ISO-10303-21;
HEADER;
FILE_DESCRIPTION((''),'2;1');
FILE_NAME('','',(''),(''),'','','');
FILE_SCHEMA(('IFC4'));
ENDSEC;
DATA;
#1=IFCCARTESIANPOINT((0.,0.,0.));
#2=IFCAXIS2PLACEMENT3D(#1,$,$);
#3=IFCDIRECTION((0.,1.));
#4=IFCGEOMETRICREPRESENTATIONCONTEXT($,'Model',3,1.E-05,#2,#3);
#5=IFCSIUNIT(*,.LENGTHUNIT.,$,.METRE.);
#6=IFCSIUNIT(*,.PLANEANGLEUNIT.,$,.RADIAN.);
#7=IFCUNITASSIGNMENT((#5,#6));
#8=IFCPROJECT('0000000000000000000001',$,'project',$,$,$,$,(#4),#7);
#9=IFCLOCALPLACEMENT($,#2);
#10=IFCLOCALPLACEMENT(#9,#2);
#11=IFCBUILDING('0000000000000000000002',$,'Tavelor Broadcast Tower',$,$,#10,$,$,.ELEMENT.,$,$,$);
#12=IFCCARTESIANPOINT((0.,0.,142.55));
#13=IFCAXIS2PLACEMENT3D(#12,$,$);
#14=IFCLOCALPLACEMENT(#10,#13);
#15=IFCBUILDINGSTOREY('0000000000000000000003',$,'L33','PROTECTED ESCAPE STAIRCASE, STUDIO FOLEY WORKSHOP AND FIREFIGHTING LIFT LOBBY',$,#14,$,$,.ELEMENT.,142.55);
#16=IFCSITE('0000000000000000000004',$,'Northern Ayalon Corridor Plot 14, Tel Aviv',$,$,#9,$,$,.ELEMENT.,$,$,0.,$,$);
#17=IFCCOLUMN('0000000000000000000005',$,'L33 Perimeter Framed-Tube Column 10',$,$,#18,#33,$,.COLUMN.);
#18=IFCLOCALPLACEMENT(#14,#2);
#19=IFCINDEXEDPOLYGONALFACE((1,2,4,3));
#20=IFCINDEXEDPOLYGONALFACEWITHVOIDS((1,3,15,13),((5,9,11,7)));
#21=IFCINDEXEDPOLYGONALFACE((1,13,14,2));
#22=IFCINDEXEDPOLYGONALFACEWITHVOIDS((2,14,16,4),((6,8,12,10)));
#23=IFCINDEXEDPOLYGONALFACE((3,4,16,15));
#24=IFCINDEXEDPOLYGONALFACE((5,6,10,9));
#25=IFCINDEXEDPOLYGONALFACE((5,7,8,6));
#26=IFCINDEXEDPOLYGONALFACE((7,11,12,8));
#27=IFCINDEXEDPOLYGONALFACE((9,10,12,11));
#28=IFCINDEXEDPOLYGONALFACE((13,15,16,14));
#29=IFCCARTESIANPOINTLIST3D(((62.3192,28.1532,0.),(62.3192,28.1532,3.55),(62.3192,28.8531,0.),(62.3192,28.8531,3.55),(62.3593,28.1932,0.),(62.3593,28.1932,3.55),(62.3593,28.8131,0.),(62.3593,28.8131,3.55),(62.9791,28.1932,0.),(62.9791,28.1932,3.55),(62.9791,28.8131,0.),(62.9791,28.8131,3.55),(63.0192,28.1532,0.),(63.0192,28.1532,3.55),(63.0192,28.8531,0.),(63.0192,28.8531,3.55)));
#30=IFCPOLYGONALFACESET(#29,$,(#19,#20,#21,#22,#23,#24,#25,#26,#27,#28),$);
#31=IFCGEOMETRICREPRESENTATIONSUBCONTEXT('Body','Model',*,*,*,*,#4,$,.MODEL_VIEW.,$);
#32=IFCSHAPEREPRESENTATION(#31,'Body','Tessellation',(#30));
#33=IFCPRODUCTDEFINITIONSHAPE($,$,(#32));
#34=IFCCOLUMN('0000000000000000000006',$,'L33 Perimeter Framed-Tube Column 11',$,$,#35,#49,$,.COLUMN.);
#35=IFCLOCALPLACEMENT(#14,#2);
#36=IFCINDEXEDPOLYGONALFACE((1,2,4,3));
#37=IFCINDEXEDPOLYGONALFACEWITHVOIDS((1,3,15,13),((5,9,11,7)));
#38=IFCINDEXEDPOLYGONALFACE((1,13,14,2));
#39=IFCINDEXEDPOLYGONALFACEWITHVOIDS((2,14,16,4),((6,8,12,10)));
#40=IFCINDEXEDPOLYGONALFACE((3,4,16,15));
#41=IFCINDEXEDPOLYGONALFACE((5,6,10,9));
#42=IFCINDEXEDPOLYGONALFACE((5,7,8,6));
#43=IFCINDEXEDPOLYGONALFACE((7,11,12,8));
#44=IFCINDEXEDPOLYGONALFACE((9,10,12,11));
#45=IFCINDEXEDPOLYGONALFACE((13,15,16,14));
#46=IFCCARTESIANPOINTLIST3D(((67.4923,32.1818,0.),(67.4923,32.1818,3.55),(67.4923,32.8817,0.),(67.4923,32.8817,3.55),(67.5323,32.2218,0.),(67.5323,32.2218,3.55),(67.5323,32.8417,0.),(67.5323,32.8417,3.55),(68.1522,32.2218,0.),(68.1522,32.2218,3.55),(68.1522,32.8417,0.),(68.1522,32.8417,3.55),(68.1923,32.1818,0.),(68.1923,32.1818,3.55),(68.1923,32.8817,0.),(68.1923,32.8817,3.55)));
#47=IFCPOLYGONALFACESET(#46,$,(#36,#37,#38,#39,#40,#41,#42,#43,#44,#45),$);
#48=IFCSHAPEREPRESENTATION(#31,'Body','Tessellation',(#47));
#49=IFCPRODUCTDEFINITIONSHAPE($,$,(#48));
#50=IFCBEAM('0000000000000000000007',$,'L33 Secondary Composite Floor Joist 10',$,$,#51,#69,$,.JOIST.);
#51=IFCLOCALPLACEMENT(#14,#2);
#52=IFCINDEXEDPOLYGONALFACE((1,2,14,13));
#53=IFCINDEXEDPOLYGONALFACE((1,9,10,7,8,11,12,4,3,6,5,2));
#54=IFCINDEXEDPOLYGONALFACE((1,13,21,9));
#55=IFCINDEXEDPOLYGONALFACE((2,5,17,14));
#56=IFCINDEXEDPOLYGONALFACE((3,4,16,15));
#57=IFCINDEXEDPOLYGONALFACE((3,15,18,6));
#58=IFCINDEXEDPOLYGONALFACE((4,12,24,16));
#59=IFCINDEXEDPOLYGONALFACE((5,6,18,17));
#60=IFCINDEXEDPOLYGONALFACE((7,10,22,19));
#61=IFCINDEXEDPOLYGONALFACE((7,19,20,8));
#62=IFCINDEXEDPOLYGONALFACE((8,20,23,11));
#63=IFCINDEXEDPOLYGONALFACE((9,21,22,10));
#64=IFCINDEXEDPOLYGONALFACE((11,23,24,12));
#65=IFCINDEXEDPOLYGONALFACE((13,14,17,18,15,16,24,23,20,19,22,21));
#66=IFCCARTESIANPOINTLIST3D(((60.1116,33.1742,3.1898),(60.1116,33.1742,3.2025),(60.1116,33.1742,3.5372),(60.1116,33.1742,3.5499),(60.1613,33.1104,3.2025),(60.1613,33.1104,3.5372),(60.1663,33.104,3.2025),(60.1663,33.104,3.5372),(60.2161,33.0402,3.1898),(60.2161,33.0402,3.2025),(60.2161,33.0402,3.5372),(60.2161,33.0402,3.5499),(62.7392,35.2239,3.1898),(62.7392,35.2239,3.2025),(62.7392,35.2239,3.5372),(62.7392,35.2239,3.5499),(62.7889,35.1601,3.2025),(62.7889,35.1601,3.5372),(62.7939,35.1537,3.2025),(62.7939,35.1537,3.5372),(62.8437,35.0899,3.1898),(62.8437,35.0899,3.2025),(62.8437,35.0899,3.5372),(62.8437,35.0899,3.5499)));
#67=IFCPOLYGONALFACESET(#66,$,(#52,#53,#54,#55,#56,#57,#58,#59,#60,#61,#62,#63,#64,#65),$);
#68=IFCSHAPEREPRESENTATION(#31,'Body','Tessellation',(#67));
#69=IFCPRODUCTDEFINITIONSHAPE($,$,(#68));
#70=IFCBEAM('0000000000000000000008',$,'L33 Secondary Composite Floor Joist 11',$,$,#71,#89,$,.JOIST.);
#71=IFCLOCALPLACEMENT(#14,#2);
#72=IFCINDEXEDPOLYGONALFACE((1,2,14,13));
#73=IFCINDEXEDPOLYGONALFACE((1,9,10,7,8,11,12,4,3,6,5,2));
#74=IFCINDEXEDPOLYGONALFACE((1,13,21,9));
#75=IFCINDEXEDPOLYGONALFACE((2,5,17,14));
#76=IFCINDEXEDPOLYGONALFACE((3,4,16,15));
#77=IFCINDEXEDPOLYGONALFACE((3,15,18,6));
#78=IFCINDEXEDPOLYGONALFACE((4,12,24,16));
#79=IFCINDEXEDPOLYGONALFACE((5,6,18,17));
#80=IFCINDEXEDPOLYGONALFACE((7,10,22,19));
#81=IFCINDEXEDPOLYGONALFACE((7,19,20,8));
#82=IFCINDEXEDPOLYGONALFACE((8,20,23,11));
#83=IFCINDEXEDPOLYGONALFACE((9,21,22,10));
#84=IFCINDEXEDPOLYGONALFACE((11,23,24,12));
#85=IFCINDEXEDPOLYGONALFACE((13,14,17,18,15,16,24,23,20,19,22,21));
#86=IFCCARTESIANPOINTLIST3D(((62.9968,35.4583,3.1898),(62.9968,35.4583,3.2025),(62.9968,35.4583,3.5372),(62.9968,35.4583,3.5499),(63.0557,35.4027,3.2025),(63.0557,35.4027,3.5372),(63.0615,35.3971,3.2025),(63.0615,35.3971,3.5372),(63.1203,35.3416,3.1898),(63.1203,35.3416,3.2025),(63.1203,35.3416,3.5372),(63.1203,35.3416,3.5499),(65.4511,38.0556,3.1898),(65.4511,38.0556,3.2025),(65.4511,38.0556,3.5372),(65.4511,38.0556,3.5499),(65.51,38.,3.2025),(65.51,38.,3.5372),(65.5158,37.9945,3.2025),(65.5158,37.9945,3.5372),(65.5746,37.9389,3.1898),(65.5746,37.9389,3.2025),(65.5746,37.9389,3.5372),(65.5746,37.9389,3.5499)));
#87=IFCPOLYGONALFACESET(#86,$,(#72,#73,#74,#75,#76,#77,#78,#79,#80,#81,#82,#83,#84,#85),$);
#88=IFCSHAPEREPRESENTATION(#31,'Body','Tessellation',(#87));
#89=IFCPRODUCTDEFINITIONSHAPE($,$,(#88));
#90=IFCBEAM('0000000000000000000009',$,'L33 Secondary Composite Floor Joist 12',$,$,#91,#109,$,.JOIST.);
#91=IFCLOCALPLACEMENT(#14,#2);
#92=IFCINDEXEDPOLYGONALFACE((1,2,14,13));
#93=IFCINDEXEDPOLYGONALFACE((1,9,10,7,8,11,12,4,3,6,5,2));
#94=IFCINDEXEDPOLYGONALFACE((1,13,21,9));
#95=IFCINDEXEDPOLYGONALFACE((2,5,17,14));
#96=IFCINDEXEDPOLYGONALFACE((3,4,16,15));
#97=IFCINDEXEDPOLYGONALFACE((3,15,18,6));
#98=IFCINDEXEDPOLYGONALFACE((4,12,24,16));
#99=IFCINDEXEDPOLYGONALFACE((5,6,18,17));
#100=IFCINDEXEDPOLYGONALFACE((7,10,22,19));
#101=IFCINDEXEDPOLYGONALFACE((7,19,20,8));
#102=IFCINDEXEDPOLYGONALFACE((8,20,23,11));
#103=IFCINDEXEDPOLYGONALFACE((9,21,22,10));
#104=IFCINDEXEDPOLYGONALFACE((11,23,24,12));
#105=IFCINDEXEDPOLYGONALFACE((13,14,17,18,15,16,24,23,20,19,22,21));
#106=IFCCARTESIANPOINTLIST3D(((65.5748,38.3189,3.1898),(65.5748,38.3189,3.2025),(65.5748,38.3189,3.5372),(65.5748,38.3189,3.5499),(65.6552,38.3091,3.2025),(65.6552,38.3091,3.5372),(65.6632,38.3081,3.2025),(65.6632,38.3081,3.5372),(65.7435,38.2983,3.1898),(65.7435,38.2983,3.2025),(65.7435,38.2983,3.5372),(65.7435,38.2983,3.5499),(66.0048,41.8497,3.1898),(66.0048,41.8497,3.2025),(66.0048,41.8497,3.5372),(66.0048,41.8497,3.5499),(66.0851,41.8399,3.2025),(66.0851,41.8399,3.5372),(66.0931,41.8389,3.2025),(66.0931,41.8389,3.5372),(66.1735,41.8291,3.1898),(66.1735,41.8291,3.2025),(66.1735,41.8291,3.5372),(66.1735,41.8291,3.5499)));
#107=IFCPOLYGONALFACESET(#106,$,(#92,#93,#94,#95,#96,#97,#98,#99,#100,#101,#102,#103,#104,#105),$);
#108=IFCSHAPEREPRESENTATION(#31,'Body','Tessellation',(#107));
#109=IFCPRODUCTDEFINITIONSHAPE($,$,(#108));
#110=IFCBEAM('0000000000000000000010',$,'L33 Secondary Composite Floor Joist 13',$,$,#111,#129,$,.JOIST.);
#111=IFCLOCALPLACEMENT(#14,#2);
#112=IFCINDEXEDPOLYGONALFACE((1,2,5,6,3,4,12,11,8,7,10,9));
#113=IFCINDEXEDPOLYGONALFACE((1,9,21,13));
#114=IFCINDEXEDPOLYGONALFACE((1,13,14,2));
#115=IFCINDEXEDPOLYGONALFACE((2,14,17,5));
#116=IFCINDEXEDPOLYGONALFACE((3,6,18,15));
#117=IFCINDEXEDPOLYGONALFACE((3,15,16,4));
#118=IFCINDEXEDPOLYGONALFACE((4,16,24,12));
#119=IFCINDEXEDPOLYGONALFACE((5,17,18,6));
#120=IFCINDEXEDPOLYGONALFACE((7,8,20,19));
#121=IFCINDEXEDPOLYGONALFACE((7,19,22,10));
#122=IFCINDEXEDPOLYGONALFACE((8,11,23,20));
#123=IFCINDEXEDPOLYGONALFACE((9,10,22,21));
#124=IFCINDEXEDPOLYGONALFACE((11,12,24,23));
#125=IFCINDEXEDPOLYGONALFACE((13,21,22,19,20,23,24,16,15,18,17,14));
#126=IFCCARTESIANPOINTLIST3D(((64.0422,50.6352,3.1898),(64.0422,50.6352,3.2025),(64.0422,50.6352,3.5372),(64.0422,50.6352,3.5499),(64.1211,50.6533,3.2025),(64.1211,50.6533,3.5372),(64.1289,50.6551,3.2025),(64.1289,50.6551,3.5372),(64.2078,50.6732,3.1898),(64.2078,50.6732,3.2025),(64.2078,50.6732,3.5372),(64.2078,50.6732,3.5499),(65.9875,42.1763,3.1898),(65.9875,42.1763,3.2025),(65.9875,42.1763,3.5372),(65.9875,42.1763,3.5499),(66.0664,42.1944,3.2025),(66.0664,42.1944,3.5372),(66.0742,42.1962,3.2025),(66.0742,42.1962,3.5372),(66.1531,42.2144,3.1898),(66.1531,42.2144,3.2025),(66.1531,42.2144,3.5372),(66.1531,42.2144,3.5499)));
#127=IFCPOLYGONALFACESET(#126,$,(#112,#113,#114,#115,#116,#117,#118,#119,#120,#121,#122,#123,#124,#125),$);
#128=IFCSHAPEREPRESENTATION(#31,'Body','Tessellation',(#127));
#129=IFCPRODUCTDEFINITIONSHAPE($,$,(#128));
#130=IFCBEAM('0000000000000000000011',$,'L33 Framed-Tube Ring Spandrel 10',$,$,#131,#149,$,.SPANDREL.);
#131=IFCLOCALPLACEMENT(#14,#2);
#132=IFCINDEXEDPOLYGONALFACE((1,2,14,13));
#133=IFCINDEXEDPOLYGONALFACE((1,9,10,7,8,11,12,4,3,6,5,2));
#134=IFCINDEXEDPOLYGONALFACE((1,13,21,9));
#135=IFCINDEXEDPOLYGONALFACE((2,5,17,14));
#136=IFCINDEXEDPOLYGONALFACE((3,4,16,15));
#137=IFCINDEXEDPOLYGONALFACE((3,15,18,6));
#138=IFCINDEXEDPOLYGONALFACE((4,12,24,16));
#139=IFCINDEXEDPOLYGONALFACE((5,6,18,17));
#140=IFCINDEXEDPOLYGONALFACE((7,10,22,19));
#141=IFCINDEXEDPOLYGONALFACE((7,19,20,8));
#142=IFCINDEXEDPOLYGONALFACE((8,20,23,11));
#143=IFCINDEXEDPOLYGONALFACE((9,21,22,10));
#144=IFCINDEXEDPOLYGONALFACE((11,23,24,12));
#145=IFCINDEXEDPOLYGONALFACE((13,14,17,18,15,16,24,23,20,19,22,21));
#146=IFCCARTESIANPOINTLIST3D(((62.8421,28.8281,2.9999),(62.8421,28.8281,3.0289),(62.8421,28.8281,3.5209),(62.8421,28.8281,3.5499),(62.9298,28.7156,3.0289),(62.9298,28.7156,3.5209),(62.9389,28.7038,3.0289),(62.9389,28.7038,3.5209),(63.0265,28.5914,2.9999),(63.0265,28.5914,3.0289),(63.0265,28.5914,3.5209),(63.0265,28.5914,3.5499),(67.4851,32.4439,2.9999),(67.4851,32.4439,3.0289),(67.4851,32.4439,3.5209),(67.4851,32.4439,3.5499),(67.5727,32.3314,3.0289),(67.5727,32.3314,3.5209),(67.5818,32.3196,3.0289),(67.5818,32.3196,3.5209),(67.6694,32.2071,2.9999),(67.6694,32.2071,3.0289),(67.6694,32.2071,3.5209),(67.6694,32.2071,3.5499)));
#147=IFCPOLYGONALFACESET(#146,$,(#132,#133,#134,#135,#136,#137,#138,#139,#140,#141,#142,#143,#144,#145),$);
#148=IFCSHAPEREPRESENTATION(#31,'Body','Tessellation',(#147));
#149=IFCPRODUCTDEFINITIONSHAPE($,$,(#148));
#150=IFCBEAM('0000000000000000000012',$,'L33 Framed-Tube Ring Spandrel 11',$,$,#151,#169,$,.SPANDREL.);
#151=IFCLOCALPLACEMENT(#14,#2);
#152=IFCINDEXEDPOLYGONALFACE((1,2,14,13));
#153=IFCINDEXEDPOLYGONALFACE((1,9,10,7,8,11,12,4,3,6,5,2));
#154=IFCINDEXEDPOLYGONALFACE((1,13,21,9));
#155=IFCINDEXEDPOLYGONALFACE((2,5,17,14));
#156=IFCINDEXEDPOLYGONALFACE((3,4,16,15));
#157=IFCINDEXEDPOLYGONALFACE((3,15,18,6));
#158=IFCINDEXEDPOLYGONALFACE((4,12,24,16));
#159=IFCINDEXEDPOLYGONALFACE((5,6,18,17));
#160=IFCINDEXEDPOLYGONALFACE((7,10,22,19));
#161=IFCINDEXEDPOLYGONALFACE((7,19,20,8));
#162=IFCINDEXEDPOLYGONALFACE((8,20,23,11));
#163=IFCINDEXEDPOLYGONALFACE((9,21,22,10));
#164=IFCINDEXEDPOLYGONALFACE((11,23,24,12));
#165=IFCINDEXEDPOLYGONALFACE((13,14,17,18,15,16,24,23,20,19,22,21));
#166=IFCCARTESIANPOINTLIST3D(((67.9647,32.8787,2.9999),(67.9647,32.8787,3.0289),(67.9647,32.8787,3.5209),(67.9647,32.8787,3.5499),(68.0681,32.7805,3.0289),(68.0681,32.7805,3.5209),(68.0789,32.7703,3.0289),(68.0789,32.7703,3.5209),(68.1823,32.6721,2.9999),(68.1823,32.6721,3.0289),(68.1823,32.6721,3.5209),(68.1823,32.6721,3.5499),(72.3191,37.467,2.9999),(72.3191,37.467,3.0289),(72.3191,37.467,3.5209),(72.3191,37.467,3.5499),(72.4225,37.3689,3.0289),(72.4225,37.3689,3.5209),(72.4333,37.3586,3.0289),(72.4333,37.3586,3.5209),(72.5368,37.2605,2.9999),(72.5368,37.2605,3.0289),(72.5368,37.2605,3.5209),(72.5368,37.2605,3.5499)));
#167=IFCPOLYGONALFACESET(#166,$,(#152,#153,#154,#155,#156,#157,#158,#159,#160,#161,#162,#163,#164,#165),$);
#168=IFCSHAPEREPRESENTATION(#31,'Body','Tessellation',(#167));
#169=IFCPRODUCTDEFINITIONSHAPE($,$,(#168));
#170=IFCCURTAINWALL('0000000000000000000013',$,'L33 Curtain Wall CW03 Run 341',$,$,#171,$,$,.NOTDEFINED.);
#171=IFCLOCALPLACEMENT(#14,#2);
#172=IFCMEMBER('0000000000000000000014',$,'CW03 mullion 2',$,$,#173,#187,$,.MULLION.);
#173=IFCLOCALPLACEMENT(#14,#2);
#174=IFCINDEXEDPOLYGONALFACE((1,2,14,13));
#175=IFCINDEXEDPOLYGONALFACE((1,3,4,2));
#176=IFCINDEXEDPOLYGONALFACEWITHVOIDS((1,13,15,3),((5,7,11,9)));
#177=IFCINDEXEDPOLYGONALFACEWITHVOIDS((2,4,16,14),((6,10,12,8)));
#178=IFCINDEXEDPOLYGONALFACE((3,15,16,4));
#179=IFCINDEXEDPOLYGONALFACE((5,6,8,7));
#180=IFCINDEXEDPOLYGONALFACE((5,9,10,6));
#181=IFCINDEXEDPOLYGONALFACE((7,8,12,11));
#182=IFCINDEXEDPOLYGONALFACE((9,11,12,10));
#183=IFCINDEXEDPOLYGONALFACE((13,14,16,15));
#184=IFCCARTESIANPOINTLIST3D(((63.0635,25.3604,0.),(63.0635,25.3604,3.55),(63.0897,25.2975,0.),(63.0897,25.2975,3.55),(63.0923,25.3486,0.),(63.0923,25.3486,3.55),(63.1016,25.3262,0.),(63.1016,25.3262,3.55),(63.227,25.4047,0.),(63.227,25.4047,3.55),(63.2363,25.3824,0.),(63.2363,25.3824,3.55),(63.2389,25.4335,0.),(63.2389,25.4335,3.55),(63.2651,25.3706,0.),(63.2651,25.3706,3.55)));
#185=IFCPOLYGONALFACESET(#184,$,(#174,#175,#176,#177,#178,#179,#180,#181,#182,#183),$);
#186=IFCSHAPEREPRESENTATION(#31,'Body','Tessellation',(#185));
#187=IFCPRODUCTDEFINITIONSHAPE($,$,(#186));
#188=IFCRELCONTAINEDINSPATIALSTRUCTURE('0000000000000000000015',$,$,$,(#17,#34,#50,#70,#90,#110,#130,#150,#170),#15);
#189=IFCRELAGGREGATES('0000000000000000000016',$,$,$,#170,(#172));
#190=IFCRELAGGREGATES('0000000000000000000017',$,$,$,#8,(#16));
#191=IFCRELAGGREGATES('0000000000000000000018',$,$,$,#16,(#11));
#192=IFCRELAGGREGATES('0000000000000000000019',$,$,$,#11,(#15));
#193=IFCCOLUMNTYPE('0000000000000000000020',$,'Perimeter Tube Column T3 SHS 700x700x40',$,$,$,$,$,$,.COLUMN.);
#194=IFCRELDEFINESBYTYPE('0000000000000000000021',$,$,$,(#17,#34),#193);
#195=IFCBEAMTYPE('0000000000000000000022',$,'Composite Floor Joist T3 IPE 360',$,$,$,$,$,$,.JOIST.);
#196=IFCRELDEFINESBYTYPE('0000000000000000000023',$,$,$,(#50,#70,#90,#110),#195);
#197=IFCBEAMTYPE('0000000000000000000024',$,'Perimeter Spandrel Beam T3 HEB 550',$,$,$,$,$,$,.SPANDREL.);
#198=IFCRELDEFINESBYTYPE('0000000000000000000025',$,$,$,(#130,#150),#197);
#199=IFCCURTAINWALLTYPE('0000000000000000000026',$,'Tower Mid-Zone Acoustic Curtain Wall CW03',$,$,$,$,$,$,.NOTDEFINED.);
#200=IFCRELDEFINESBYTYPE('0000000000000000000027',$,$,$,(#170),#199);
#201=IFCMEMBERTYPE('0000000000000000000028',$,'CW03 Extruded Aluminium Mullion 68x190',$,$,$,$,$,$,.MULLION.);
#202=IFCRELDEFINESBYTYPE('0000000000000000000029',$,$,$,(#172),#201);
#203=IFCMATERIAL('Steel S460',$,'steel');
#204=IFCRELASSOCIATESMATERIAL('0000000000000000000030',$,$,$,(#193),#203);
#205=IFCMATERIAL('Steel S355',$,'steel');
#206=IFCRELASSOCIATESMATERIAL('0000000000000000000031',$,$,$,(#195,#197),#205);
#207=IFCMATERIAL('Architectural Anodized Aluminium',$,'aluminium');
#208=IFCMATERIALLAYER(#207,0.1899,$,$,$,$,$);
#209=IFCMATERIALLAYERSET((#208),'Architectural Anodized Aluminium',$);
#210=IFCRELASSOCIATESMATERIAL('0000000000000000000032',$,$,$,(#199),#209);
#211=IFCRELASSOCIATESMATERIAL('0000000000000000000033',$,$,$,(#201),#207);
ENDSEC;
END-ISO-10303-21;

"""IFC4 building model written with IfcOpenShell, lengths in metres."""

from ifc_helpers import new_model, si_unit, direction, frame, origin, origin_2d, place, context, subcontext, project, spatial, hollow_rectangle, i_section, extrude, source, transform, mapped, material, layer, layer_set, material_profile, profile_set, type_object, type_shapes, element, aggregate, save


model = new_model("IFC4")

# Units and contexts
model_context = context("Model", 3, precision=1e-05, world=origin(), true_north=direction((0.0, 1.0)))
body_context = subcontext(model_context, "Body", "Model", "MODEL_VIEW")
ifc_project = project(units=[si_unit("LENGTHUNIT", "METRE"), si_unit("PLANEANGLEUNIT", "RADIAN")], contexts=[model_context])

# Site, building, storey
site_placement = place(None, origin())
site = spatial("IfcSite", under=ifc_project, at=site_placement, Name="Northern Ayalon Corridor Plot 14, Tel Aviv", CompositionType="ELEMENT", RefElevation=0.0)
building_placement = place(site_placement, origin())
building = spatial("IfcBuilding", under=site, at=building_placement, Name="Tavelor Broadcast Tower", CompositionType="ELEMENT")
storey_placement = place(building_placement, frame((0.0, 0.0, 142.55)))
storey = spatial("IfcBuildingStorey", under=building, at=storey_placement, Name="L33", Description="PROTECTED ESCAPE STAIRCASE, STUDIO FOLEY WORKSHOP AND FIREFIGHTING LIFT LOBBY", CompositionType="ELEMENT", Elevation=142.55)

# Columns
ifc_material_1 = material(Name="Steel S460", Category="steel")
ifc_material_profile_1 = material_profile(ifc_material_1, hollow_rectangle(XDim=0.7, YDim=0.7, WallThickness=0.04, at=origin_2d()), Name="SHS 700x700x40")
ifc_profile_set_1 = profile_set([ifc_material_profile_1], Name="Steel S460")
column_type = type_object("IfcColumnType", Name="Perimeter Tube Column T3 SHS 700x700x40", PredefinedType="COLUMN", material=ifc_profile_set_1)
for number, where, z_axis, x_axis, name in (
    (1, (62.6692, 28.5032, 0.0), (0.0, 0.0, 1.0), (1.0, 0.0, 0.0), "L33 Perimeter Framed-Tube Column 10"),
    (2, (67.8423, 32.5317, 0.0), (0.0, 0.0, 1.0), (1.0, 0.0, 0.0), "L33 Perimeter Framed-Tube Column 11"),
):
    element("IfcColumn", number, at=place(storey_placement, frame(where, z_axis=z_axis, x_axis=x_axis)), inside=storey, type_object=column_type, Name=name, PredefinedType="COLUMN", context=body_context, shape_type="SweptSolid", body=[
        extrude(hollow_rectangle(XDim=0.7, YDim=0.7, WallThickness=0.04, at=origin_2d()), origin(), (0.0, 0.0, 1.0), 3.55),
    ])

# Beams
ifc_material_2 = material(Name="Steel S355", Category="steel")
ifc_material_profile_2 = material_profile(ifc_material_2, i_section(OverallWidth=0.1699, OverallDepth=0.3601, WebThickness=0.0081, FlangeThickness=0.0127, at=origin_2d()), Name="IPE 360")
ifc_profile_set_2 = profile_set([ifc_material_profile_2], Name="Steel S355")
beam_type_1 = type_object("IfcBeamType", Name="Composite Floor Joist T3 IPE 360", PredefinedType="JOIST", material=ifc_profile_set_2)
beam_1_placement = place(storey_placement, frame((60.1638, 33.1072, 3.3699), z_axis=(0.788472, 0.615071, 0.0), x_axis=(-0.615071, 0.788472, 0.0)))
element("IfcBeam", 3, at=beam_1_placement, inside=storey, type_object=beam_type_1, Name="L33 Secondary Composite Floor Joist 10", PredefinedType="JOIST", context=body_context, shape_type="SweptSolid", body=[
    extrude(i_section(OverallWidth=0.1699, OverallDepth=0.3601, WebThickness=0.0081, FlangeThickness=0.0127, at=origin_2d()), origin(), (0.0, 0.0, 1.0), 3.3325),
])
beam_2_placement = place(storey_placement, frame((63.0586, 35.3999, 3.3699), z_axis=(0.686806, 0.726841, 0.0), x_axis=(-0.726841, 0.686806, 0.0)))
element("IfcBeam", 4, at=beam_2_placement, inside=storey, type_object=beam_type_1, Name="L33 Secondary Composite Floor Joist 11", PredefinedType="JOIST", context=body_context, shape_type="SweptSolid", body=[
    extrude(i_section(OverallWidth=0.1699, OverallDepth=0.3601, WebThickness=0.0081, FlangeThickness=0.0127, at=origin_2d()), origin(), (0.0, 0.0, 1.0), 3.5735),
])
beam_3_placement = place(storey_placement, frame((65.6592, 38.3086, 3.3699), z_axis=(0.120875, 0.992668, 0.0), x_axis=(-0.992668, 0.120875, 0.0)))
element("IfcBeam", 5, at=beam_3_placement, inside=storey, type_object=beam_type_1, Name="L33 Secondary Composite Floor Joist 12", PredefinedType="JOIST", context=body_context, shape_type="SweptSolid", body=[
    extrude(i_section(OverallWidth=0.1699, OverallDepth=0.3601, WebThickness=0.0081, FlangeThickness=0.0127, at=origin_2d()), origin(), (0.0, 0.0, 1.0), 3.5569),
])
beam_4_placement = place(storey_placement, frame((66.0703, 42.1953, 3.3699), z_axis=(-0.22412, 0.974562, 0.0), x_axis=(-0.974562, -0.22412, 0.0)))
element("IfcBeam", 6, at=beam_4_placement, inside=storey, type_object=beam_type_1, Name="L33 Secondary Composite Floor Joist 13", PredefinedType="JOIST", context=body_context, shape_type="SweptSolid", body=[
    extrude(i_section(OverallWidth=0.1699, OverallDepth=0.3601, WebThickness=0.0081, FlangeThickness=0.0127, at=origin_2d()), origin(), (0.0, 0.0, 1.0), 8.6797),
])
ifc_material_profile_3 = material_profile(ifc_material_2, i_section(OverallWidth=0.3, OverallDepth=0.55, WebThickness=0.0149, FlangeThickness=0.0291, at=origin_2d()), Name="HEB 550")
ifc_profile_set_3 = profile_set([ifc_material_profile_3], Name="Steel S355")
beam_type_2 = type_object("IfcBeamType", Name="Perimeter Spandrel Beam T3 HEB 550", PredefinedType="SPANDREL", material=ifc_profile_set_3)
beam_5_placement = place(storey_placement, frame((62.9343, 28.7097, 3.2749), z_axis=(0.78897, 0.614432, 0.0), x_axis=(-0.614432, 0.78897, 0.0)))
element("IfcBeam", 7, at=beam_5_placement, inside=storey, type_object=beam_type_2, Name="L33 Framed-Tube Ring Spandrel 10", PredefinedType="SPANDREL", context=body_context, shape_type="SweptSolid", body=[
    extrude(i_section(OverallWidth=0.3, OverallDepth=0.55, WebThickness=0.0149, FlangeThickness=0.0291, at=origin_2d()), origin(), (0.0, 0.0, 1.0), 5.8848),
])
beam_6_placement = place(storey_placement, frame((68.0735, 32.7754, 3.2749), z_axis=(0.688378, 0.725352, 0.0), x_axis=(-0.725352, 0.688378, 0.0)))
element("IfcBeam", 8, at=beam_6_placement, inside=storey, type_object=beam_type_2, Name="L33 Framed-Tube Ring Spandrel 11", PredefinedType="SPANDREL", context=body_context, shape_type="SweptSolid", body=[
    extrude(i_section(OverallWidth=0.3, OverallDepth=0.55, WebThickness=0.0149, FlangeThickness=0.0291, at=origin_2d()), origin(), (0.0, 0.0, 1.0), 6.3257),
])

# Curtain wall, member
ifc_material_3 = material(Name="Architectural Anodized Aluminium", Category="aluminium")
ifc_layer_1 = layer(ifc_material_3, 0.1899)
ifc_layer_set_1 = layer_set([ifc_layer_1], Name="Architectural Anodized Aluminium")
curtain_wall_type = type_object("IfcCurtainWallType", Name="Tower Mid-Zone Acoustic Curtain Wall CW03", PredefinedType="NOTDEFINED", material=ifc_layer_set_1)
curtain_wall_1_placement = place(storey_placement, origin())
curtain_wall_1 = element("IfcCurtainWall", 9, at=curtain_wall_1_placement, inside=storey, type_object=curtain_wall_type, Name="L33 Curtain Wall CW03 Run 341", PredefinedType="NOTDEFINED")
ifc_material_profile_4 = material_profile(ifc_material_3, hollow_rectangle(XDim=0.0681, YDim=0.1899, WallThickness=0.022, at=origin_2d()), Name="RHS 68x190x22")
ifc_profile_set_4 = profile_set([ifc_material_profile_4], Name="Architectural Anodized Aluminium")
member_type_1 = type_object("IfcMemberType", Name="CW03 Extruded Aluminium Mullion 68x190", PredefinedType="MULLION", material=ifc_profile_set_4)
shared_shape_1 = source(origin(), body_context, "Body", "SweptSolid", [
    extrude(hollow_rectangle(XDim=0.0681, YDim=0.1899, WallThickness=0.022, at=origin_2d()), origin(), (0.0, 0.0, 1.0), 3.55),
])
type_shapes(member_type_1, [shared_shape_1])
member_1_placement = place(storey_placement, frame((63.1643, 25.3655, 0.0), z_axis=(0.0, 0.0, 1.0), x_axis=(-0.3847, 0.923042, 0.0)))
member_1 = element("IfcMember", 10, at=member_1_placement, type_object=member_type_1, Name="CW03 mullion 2", PredefinedType="MULLION", context=body_context, shape_type="MappedRepresentation", body=[
    mapped(shared_shape_1, transform((0.0, 0.0, 0.0), scale=1.0)),
])
aggregate(curtain_wall_1, [member_1])

save(model, "model.ifc")
